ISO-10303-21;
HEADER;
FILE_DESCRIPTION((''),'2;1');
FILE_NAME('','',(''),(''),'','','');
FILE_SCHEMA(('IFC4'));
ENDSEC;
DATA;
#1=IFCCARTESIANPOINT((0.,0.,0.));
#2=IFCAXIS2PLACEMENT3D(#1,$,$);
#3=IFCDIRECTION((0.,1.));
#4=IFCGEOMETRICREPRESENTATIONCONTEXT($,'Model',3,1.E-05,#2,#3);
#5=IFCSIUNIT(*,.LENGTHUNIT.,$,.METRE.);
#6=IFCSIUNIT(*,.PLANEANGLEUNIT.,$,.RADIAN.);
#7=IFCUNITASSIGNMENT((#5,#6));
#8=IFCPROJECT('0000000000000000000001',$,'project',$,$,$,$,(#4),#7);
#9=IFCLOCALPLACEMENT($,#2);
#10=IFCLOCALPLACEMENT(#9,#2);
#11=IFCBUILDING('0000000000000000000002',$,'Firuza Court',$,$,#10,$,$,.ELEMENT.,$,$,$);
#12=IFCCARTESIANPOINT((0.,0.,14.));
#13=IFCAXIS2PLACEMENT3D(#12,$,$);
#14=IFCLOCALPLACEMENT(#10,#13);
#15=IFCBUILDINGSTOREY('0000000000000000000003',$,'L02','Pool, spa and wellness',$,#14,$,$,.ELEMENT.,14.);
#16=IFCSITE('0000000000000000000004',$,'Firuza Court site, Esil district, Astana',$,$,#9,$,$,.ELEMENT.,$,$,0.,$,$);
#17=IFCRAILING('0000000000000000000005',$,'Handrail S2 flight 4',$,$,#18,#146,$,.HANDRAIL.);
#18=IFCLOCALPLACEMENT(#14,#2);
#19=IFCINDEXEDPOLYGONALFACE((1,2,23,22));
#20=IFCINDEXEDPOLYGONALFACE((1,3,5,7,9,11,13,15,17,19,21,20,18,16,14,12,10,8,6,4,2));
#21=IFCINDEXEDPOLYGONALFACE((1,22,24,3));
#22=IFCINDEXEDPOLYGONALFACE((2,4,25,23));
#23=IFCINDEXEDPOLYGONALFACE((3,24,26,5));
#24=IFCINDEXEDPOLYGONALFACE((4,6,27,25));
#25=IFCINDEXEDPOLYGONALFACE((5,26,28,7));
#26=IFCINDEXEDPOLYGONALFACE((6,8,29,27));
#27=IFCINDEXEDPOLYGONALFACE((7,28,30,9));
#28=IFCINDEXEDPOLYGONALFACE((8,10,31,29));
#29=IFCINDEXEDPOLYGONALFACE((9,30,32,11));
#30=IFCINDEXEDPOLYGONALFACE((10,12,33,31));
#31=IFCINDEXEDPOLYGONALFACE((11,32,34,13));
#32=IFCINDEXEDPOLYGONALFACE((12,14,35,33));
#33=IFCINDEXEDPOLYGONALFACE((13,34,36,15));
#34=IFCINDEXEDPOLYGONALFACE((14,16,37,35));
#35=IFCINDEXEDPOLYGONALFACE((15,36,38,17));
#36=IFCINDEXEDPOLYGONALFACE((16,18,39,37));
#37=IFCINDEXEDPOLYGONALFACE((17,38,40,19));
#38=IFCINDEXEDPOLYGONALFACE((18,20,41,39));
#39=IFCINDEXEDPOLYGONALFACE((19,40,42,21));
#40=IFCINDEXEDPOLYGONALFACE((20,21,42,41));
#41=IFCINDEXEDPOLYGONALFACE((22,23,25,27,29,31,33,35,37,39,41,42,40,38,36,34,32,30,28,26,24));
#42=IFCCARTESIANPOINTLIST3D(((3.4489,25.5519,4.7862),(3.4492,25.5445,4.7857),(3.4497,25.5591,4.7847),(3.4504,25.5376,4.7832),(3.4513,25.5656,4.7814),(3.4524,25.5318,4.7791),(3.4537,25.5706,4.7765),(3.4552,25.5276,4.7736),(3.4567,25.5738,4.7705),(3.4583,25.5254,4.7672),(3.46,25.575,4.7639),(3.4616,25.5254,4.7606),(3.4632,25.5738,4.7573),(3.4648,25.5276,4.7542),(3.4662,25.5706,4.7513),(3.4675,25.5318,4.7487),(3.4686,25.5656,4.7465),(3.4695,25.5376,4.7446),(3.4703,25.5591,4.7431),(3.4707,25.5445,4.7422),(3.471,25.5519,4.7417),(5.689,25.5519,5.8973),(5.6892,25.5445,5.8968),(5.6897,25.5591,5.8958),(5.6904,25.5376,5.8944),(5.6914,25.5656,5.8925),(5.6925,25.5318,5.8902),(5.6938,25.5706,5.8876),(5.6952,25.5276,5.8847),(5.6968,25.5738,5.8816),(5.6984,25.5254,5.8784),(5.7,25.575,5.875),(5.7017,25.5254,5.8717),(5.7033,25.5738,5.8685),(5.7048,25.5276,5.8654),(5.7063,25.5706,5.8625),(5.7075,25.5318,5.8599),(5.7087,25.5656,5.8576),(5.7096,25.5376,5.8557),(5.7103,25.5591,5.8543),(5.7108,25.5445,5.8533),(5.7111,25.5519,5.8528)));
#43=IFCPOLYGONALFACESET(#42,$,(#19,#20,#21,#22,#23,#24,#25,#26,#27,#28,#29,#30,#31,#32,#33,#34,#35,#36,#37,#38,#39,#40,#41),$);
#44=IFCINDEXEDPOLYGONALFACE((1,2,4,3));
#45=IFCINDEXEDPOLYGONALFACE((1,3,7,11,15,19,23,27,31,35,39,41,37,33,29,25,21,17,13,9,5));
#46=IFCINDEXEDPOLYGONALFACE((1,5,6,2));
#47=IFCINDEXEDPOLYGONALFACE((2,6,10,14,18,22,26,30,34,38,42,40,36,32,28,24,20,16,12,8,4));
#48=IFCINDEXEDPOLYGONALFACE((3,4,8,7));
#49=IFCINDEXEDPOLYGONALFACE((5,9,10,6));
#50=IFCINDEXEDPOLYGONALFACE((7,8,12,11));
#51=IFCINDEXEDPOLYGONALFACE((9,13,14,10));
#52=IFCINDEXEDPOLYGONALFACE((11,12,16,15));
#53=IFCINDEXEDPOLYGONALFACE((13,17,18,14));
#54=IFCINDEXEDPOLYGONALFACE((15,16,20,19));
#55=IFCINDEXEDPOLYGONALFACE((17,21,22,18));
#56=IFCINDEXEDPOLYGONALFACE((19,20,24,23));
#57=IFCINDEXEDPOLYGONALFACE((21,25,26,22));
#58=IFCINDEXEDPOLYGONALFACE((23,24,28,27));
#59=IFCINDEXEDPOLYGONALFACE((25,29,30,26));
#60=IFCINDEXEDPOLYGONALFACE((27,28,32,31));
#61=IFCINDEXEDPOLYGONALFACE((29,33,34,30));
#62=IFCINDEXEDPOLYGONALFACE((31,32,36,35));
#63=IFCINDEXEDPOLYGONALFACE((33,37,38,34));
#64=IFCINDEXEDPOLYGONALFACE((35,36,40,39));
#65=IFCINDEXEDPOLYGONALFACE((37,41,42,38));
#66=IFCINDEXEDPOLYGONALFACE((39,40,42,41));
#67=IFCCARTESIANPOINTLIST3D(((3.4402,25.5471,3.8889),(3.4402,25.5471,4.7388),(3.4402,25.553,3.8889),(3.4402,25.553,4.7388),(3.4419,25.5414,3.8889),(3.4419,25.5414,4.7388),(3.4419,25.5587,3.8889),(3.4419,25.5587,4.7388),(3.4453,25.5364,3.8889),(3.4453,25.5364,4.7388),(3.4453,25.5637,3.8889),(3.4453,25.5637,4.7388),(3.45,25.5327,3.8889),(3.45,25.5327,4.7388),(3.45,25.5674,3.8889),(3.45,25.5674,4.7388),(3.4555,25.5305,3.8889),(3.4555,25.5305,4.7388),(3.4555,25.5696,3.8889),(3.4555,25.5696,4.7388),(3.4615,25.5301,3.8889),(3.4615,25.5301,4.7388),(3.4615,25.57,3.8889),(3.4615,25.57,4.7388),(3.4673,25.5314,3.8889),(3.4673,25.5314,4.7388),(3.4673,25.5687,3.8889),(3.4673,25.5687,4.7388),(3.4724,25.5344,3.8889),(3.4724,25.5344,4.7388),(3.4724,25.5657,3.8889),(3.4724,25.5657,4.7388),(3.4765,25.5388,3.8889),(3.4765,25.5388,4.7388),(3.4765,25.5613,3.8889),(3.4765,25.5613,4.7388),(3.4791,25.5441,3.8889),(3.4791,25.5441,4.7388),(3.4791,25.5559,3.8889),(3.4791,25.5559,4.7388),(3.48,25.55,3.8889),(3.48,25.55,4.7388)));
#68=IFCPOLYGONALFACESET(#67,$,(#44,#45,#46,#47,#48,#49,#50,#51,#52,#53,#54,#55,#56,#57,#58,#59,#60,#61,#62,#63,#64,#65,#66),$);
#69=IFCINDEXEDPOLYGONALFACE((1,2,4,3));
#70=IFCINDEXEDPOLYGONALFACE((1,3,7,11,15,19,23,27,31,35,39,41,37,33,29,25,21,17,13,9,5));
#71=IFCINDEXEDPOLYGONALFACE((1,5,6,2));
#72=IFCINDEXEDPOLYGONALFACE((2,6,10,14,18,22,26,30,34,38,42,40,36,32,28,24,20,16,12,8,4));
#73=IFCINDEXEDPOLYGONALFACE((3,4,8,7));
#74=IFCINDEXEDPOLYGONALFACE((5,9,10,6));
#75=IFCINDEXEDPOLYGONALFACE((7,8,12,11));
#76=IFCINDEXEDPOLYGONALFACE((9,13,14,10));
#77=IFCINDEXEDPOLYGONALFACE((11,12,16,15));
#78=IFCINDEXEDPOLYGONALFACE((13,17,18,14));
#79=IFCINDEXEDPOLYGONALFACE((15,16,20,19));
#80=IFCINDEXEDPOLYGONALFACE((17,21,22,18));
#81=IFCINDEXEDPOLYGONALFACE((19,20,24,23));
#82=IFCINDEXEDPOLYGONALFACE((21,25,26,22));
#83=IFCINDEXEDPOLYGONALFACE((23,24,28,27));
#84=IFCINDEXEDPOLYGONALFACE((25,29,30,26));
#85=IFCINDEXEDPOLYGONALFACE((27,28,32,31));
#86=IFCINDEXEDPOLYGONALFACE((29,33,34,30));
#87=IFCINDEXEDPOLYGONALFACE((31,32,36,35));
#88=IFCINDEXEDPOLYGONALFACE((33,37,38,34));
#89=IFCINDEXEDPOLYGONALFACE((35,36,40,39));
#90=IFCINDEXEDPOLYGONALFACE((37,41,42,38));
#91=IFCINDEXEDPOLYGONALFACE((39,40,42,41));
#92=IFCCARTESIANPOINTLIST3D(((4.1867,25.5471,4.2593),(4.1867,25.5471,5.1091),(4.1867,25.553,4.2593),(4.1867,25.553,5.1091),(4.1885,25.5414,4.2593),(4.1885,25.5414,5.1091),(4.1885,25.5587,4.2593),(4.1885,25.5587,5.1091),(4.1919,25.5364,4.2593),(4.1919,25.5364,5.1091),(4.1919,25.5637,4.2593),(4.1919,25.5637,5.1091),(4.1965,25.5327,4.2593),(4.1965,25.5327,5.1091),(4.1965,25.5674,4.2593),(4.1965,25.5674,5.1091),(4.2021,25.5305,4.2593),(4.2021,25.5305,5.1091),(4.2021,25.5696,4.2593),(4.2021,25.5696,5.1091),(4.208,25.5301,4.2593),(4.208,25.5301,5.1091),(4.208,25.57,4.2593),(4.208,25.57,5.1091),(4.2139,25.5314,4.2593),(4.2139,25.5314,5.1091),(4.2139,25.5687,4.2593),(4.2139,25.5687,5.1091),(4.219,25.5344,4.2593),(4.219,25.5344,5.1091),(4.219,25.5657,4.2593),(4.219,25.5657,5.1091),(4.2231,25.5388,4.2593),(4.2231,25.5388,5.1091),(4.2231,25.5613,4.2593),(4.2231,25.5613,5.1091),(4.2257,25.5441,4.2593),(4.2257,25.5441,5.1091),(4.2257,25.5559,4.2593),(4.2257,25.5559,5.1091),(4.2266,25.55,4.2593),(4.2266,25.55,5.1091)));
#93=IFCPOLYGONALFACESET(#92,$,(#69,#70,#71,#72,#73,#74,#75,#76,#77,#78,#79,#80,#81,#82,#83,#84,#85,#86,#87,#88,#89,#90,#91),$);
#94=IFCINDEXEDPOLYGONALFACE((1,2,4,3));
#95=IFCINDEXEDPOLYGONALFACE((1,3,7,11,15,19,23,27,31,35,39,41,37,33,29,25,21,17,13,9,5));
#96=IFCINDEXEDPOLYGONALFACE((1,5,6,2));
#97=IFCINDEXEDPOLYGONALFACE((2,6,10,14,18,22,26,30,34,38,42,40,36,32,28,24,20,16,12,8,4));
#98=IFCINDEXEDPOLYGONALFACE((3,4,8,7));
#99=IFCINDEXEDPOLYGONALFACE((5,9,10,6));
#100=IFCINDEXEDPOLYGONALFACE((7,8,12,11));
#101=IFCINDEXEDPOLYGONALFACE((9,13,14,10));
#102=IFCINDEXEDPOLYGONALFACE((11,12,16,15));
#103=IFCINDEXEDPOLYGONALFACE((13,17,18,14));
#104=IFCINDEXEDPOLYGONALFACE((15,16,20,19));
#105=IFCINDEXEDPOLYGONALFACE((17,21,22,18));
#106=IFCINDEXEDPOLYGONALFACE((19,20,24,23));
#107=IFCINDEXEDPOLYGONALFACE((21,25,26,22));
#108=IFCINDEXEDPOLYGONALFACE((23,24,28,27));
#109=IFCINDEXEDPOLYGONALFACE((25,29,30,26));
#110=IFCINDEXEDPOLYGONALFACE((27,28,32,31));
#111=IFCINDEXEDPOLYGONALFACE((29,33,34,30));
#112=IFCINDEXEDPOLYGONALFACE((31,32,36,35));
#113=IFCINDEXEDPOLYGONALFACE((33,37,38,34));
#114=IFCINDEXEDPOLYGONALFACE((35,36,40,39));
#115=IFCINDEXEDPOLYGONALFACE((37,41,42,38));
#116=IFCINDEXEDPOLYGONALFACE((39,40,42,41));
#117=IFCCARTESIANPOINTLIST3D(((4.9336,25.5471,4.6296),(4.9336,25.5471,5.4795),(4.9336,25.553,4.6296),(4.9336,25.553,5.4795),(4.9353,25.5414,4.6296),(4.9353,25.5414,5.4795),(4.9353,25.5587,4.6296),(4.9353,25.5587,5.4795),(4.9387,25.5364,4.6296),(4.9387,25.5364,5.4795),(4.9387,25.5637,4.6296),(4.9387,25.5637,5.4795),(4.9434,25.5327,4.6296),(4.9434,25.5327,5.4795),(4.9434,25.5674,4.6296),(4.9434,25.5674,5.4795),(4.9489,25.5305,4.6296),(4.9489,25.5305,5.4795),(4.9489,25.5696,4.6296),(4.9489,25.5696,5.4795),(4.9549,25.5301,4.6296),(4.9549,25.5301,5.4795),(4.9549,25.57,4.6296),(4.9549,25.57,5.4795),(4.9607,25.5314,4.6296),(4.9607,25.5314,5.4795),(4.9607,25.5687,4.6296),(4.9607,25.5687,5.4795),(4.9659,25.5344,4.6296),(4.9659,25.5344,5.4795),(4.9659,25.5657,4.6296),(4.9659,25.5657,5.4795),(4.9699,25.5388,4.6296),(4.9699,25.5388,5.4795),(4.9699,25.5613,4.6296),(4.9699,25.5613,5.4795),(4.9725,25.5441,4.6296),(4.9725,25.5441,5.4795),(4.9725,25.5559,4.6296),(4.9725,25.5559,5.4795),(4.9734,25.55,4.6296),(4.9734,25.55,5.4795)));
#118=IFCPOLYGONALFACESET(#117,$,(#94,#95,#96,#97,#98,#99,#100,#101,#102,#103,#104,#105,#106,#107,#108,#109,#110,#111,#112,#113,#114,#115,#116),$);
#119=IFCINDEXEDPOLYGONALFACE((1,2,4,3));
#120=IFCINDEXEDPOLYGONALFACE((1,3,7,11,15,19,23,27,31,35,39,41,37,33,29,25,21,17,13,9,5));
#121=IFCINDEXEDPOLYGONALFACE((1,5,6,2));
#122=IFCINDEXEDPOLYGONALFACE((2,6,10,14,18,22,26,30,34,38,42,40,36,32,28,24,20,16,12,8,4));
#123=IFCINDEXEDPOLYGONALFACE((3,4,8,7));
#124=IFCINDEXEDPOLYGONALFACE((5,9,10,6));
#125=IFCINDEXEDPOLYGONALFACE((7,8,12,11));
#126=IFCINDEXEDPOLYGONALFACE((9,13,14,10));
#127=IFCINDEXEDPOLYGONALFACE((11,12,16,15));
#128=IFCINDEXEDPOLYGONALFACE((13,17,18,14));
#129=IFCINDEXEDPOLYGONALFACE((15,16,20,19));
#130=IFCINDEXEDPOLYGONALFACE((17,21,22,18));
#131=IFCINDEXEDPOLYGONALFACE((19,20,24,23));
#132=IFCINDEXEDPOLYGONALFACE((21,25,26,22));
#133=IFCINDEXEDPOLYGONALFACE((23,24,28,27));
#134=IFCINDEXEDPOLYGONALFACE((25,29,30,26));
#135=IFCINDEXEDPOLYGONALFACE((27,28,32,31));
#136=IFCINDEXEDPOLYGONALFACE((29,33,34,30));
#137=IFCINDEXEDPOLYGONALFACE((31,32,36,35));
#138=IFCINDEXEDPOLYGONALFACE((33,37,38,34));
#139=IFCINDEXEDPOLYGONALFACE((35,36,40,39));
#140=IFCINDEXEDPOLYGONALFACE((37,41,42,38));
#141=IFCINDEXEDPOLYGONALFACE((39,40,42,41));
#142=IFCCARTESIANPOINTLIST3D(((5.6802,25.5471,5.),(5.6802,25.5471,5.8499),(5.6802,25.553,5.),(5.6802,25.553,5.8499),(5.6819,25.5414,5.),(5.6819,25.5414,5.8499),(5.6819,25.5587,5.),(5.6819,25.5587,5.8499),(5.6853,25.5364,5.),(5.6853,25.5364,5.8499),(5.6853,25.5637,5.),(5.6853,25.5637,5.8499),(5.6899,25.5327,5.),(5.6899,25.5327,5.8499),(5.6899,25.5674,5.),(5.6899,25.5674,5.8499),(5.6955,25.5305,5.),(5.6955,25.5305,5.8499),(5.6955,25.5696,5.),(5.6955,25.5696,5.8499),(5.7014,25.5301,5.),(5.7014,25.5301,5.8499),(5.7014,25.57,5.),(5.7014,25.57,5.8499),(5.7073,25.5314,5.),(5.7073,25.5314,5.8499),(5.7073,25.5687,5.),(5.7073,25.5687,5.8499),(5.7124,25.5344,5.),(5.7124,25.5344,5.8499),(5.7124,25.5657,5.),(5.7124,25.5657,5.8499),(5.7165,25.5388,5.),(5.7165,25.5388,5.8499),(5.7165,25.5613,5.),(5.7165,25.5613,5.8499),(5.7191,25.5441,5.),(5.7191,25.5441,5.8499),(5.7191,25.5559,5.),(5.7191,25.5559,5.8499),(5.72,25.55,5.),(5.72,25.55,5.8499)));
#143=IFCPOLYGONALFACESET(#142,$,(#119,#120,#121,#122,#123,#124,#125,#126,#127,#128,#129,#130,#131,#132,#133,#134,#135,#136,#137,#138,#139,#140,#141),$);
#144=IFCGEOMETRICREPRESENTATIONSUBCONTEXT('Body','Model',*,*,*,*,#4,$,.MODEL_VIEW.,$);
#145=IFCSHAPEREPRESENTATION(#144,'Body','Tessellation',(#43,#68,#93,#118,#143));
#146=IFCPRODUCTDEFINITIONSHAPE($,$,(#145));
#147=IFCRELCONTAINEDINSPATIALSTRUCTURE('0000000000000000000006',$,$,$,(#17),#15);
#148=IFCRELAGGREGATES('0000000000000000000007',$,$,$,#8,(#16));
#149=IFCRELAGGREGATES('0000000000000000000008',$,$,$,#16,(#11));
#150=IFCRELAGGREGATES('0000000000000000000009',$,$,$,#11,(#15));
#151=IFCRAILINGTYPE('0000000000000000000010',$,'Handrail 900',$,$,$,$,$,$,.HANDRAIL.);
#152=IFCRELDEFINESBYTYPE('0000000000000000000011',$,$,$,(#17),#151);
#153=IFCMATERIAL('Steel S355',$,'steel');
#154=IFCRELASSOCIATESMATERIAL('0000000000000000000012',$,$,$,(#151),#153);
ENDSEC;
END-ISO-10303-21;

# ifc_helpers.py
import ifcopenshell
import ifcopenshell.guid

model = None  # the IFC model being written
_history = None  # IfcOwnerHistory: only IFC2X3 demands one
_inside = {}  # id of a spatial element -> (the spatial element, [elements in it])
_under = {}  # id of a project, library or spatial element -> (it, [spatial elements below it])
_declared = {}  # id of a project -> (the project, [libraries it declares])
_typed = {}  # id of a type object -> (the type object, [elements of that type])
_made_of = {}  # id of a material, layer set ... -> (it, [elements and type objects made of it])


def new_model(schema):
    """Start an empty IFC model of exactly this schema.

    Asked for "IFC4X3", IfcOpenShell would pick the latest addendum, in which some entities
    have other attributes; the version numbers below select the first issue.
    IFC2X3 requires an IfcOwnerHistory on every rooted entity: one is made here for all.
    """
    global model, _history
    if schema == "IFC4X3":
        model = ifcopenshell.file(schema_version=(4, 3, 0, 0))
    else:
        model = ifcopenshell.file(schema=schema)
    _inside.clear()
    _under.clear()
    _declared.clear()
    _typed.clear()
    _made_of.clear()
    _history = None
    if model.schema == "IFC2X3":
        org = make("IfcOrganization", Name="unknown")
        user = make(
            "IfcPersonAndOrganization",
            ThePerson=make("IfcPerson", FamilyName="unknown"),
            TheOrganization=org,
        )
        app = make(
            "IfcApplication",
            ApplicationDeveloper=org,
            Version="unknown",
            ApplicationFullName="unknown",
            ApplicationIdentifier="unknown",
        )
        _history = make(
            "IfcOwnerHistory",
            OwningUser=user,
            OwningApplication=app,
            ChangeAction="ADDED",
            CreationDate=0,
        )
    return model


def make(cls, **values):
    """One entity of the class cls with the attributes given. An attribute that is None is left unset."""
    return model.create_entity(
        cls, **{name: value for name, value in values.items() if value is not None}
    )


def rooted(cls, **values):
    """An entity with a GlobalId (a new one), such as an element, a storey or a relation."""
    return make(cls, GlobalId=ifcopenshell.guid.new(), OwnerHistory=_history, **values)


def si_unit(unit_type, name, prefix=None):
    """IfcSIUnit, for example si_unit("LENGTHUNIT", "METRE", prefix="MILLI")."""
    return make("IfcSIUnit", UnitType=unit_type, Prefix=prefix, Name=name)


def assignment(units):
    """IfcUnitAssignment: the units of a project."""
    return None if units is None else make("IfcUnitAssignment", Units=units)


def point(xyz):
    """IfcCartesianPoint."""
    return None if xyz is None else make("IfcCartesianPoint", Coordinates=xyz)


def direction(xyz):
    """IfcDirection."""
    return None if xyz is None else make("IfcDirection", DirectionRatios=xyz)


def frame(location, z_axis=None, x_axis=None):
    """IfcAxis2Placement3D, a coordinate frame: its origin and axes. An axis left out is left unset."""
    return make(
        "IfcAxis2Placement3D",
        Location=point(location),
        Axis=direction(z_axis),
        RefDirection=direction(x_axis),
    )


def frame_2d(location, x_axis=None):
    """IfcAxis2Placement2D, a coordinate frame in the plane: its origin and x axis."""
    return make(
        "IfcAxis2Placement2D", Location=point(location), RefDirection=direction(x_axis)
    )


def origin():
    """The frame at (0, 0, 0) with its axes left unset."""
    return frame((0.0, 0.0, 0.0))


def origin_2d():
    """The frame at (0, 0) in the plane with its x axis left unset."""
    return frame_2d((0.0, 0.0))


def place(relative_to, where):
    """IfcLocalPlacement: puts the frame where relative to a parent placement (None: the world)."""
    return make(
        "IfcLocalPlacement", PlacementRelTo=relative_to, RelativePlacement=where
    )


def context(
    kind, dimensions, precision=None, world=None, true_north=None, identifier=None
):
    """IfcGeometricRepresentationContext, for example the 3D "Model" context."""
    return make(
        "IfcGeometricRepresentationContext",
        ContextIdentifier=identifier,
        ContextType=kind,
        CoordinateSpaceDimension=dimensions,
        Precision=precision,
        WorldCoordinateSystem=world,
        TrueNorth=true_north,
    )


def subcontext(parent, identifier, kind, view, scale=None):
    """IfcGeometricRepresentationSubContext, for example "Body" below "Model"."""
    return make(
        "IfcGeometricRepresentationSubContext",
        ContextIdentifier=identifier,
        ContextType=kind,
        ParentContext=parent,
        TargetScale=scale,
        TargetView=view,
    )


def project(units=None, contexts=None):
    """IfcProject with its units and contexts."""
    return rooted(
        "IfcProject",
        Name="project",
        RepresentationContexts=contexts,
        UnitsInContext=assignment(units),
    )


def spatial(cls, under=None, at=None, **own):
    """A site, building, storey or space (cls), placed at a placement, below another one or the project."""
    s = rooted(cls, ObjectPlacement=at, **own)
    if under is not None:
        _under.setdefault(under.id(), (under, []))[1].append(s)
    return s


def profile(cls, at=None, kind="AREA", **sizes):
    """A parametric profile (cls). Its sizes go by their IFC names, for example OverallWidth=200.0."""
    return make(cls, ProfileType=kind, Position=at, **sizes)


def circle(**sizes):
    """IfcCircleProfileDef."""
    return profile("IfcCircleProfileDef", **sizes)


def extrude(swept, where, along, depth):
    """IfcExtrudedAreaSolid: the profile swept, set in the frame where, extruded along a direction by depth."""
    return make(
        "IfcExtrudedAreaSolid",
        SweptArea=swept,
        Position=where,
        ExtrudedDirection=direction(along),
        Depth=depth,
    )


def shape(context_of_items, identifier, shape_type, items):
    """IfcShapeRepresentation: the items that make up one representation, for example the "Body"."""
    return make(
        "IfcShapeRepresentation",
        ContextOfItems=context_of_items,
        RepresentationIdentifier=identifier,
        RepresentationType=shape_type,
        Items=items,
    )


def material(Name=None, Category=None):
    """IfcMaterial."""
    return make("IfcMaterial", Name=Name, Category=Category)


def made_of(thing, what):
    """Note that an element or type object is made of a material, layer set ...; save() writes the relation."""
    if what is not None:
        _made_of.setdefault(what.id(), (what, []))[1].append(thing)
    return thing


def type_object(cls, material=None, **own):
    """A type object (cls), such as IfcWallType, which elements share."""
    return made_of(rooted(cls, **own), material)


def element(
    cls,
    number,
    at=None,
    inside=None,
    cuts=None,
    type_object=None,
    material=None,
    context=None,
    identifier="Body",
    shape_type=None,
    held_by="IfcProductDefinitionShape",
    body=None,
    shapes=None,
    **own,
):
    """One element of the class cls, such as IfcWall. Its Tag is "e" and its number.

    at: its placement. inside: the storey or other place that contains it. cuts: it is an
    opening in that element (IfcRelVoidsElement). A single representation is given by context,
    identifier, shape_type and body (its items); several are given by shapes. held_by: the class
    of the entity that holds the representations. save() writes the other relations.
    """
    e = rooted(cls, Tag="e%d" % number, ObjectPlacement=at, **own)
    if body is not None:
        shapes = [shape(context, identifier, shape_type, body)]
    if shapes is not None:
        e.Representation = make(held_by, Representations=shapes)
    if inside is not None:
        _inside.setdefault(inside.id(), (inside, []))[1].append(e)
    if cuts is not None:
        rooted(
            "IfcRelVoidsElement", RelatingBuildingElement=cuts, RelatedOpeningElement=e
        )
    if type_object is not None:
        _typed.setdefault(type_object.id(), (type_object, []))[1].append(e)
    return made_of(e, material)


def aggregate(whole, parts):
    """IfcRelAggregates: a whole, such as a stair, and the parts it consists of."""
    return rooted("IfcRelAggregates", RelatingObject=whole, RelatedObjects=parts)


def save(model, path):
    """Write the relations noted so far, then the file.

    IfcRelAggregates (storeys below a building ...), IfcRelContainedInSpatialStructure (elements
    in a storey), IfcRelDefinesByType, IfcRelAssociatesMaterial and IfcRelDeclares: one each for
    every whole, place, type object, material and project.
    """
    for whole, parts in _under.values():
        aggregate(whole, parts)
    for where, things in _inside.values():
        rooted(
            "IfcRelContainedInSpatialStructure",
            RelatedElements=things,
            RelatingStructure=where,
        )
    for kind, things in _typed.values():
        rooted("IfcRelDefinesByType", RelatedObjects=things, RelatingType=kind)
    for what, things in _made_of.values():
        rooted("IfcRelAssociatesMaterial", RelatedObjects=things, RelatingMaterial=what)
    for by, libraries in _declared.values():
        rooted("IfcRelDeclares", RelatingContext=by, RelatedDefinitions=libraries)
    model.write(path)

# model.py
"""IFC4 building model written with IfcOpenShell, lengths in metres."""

from ifc_helpers import new_model, si_unit, direction, frame, origin, origin_2d, place, context, subcontext, project, spatial, circle, extrude, material, type_object, element, save


model = new_model("IFC4")

# Units and contexts
model_context = context("Model", 3, precision=1e-05, world=origin(), true_north=direction((0.0, 1.0)))
body_context = subcontext(model_context, "Body", "Model", "MODEL_VIEW")
ifc_project = project(units=[si_unit("LENGTHUNIT", "METRE"), si_unit("PLANEANGLEUNIT", "RADIAN")], contexts=[model_context])

# Site, building, storey
site_placement = place(None, origin())
site = spatial("IfcSite", under=ifc_project, at=site_placement, Name="Firuza Court site, Esil district, Astana", CompositionType="ELEMENT", RefElevation=0.0)
building_placement = place(site_placement, origin())
building = spatial("IfcBuilding", under=site, at=building_placement, Name="Firuza Court", CompositionType="ELEMENT")
storey_placement = place(building_placement, frame((0.0, 0.0, 14.0)))
storey = spatial("IfcBuildingStorey", under=building, at=storey_placement, Name="L02", Description="Pool, spa and wellness", CompositionType="ELEMENT", Elevation=14.0)

# Railing
ifc_material_1 = material(Name="Steel S355", Category="steel")
railing_type = type_object("IfcRailingType", Name="Handrail 900", PredefinedType="HANDRAIL", material=ifc_material_1)
for number, where, name in (
    (1, (3.46, 25.55, 3.8889), "Handrail S2 flight 4"),
):
    element("IfcRailing", number, at=place(storey_placement, frame(where)), inside=storey, type_object=railing_type, Name=name, PredefinedType="HANDRAIL", context=body_context, shape_type="SweptSolid", body=[
        extrude(circle(Radius=0.0249, at=origin_2d()), frame((0.0, 0.0, 0.875), z_axis=(0.895848, 0.0, 0.44436), x_axis=(0.0, 1.0, 0.0)), (0.0, 0.0, 1.0), 2.5005),
        extrude(circle(Radius=0.02, at=origin_2d()), origin(), (0.0, 0.0, 1.0), 0.8499),
        extrude(circle(Radius=0.02, at=origin_2d()), frame((0.7466, 0.0, 0.3704)), (0.0, 0.0, 1.0), 0.8499),
        extrude(circle(Radius=0.02, at=origin_2d()), frame((1.4934, 0.0, 0.7407)), (0.0, 0.0, 1.0), 0.8499),
        extrude(circle(Radius=0.02, at=origin_2d()), frame((2.24, 0.0, 1.1111)), (0.0, 0.0, 1.0), 0.8499),
    ])

save(model, "model.ifc")
